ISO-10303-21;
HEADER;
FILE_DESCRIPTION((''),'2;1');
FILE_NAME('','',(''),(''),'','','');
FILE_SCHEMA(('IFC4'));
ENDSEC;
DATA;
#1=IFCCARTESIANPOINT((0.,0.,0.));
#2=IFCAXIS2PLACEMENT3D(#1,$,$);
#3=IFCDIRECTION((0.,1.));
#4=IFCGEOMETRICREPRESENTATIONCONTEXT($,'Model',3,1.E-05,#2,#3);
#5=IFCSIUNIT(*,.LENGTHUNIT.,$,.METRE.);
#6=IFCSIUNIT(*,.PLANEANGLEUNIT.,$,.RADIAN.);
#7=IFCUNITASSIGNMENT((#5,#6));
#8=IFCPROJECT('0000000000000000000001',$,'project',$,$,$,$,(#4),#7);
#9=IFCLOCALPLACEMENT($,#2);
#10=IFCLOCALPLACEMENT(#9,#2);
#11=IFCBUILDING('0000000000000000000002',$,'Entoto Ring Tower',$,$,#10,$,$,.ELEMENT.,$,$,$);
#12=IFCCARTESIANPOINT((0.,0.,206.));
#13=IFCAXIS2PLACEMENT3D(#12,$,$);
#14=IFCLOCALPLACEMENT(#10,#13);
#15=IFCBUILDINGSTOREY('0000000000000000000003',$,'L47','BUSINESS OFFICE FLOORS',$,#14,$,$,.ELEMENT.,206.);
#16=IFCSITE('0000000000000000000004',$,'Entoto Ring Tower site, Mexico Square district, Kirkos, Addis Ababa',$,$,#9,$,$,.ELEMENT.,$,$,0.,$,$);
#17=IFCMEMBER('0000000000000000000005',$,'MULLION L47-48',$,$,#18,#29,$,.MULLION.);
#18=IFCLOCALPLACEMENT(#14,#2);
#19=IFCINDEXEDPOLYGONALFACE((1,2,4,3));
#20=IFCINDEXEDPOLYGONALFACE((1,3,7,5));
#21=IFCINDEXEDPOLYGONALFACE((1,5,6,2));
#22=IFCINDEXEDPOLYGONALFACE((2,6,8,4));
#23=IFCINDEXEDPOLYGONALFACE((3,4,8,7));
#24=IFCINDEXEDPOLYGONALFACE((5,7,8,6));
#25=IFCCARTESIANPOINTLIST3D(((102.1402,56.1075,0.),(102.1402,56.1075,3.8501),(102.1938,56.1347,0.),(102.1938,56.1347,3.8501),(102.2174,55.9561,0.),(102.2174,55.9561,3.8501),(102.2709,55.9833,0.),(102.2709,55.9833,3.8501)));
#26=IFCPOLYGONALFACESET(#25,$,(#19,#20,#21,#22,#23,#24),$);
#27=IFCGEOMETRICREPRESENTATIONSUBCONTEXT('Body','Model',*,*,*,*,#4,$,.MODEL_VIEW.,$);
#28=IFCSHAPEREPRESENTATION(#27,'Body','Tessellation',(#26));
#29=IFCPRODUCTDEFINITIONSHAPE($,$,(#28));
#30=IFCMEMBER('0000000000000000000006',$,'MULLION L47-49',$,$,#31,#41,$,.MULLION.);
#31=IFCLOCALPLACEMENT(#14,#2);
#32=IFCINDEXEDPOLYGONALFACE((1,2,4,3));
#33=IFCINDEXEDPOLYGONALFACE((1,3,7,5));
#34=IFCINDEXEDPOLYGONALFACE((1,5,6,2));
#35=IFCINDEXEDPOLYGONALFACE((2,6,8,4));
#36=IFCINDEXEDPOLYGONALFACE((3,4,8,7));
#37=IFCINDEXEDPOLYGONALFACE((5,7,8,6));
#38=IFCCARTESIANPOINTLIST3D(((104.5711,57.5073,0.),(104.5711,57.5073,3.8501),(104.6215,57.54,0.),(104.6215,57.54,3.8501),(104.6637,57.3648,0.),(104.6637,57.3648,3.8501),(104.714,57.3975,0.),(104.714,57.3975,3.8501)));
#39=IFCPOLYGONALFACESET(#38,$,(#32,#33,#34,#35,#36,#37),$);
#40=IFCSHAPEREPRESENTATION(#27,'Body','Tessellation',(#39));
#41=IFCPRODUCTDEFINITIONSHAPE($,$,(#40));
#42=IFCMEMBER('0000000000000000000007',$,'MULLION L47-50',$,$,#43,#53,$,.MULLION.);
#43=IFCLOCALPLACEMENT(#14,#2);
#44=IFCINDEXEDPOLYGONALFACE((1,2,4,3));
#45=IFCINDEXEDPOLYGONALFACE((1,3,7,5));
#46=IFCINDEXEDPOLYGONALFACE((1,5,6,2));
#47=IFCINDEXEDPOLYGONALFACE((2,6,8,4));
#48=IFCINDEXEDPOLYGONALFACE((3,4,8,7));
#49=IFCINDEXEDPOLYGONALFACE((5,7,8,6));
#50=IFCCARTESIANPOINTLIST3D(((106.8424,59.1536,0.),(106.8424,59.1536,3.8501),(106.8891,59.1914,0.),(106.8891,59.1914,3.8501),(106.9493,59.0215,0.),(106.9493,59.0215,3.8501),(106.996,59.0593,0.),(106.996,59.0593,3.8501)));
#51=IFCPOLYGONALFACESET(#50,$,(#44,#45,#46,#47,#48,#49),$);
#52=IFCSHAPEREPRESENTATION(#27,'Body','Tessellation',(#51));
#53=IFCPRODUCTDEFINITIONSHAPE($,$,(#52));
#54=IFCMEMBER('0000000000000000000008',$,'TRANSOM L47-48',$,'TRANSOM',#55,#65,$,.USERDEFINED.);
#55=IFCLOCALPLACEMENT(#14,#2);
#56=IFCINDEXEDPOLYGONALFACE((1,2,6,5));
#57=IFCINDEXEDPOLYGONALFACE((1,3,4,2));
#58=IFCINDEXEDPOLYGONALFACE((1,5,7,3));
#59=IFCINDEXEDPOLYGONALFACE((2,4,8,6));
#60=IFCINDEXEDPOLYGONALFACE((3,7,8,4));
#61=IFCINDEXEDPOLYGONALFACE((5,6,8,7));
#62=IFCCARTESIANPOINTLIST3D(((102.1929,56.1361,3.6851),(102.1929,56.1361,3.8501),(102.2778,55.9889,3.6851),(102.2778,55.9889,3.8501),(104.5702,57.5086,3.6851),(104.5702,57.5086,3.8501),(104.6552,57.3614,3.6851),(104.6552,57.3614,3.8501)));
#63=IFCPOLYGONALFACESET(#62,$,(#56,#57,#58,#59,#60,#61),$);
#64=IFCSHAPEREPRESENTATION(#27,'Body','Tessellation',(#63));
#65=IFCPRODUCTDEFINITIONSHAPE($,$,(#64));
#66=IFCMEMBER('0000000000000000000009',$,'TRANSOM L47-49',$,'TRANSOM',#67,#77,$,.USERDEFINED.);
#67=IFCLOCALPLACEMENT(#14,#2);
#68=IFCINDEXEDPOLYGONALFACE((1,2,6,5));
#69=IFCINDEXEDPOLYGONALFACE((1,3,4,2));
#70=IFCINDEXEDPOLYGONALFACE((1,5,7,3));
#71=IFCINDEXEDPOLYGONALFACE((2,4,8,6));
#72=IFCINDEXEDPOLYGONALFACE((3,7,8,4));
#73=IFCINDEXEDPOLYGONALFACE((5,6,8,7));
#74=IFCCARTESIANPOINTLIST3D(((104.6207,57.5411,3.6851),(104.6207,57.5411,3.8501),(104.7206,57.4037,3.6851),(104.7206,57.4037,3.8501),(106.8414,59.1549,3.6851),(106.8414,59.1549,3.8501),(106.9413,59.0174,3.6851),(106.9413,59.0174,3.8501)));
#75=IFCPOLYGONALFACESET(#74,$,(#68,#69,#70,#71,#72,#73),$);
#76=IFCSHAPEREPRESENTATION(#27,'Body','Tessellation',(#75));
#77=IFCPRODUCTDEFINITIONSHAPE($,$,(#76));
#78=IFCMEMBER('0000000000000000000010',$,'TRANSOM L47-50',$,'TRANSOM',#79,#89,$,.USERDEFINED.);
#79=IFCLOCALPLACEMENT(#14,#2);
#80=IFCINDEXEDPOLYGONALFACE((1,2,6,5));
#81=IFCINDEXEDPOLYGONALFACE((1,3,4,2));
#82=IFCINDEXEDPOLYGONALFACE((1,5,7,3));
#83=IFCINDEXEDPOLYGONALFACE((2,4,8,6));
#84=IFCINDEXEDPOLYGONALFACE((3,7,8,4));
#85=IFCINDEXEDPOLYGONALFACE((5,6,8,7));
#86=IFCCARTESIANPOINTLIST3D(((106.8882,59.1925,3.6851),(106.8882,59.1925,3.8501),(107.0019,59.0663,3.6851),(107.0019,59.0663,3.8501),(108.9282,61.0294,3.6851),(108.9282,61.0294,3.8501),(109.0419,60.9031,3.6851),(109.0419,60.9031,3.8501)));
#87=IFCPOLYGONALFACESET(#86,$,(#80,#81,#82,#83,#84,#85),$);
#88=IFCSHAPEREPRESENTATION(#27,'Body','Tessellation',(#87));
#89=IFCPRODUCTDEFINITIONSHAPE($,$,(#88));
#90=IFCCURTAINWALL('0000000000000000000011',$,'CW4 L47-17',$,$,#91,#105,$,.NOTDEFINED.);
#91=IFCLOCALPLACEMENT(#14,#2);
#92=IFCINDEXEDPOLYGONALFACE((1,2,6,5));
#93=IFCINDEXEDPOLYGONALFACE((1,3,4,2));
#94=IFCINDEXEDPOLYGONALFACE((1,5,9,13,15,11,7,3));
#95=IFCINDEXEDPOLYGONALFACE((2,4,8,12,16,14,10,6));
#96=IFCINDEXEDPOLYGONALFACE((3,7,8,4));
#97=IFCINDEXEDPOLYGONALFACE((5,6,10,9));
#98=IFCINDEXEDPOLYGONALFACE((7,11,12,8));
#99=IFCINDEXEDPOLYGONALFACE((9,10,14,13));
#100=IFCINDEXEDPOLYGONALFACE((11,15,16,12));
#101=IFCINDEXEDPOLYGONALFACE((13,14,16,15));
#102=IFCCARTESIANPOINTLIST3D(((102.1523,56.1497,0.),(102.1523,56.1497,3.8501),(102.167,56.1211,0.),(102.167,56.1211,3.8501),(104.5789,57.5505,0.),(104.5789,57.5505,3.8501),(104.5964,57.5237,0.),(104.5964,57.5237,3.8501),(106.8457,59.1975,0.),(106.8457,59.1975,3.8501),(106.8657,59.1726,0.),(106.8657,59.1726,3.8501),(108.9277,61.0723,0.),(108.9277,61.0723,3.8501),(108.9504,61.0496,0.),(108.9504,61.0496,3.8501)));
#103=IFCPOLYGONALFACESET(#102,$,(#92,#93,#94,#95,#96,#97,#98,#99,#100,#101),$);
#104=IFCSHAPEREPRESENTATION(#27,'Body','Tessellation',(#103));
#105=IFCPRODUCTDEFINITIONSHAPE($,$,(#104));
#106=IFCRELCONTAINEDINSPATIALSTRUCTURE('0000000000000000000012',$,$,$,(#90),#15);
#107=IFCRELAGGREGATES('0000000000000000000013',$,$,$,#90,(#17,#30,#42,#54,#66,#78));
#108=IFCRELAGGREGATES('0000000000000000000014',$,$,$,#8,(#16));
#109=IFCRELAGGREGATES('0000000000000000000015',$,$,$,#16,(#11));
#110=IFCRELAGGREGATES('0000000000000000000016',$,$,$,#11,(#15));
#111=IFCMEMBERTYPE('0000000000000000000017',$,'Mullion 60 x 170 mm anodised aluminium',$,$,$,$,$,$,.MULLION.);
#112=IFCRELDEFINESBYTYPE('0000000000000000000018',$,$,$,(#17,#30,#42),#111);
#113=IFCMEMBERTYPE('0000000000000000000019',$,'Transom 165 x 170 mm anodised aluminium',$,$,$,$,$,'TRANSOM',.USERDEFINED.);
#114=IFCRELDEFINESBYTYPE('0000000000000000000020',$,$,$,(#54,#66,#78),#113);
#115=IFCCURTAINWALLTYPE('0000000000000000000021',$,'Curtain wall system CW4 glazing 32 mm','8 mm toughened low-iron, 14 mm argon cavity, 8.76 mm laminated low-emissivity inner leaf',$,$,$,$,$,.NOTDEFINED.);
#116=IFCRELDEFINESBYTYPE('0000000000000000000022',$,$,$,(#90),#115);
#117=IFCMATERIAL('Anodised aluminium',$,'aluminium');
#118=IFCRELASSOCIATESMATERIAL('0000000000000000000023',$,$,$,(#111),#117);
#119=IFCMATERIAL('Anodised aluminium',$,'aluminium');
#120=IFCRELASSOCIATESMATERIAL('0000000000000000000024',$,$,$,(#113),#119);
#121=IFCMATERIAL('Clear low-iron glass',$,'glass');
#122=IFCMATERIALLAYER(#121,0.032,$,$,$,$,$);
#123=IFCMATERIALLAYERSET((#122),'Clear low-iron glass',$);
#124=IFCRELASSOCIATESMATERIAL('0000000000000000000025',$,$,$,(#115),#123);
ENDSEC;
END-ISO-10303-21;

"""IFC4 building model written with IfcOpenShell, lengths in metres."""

from ifc_helpers import new_model, si_unit, direction, frame, origin, origin_2d, place, context, subcontext, project, spatial, polyline, rectangle, outline, extrude, material, layer, layer_set, material_profile, profile_set, type_object, element, aggregate, save


model = new_model("IFC4")

# Units and contexts
model_context = context("Model", 3, precision=1e-05, world=origin(), true_north=direction((0.0, 1.0)))
body_context = subcontext(model_context, "Body", "Model", "MODEL_VIEW")
ifc_project = project(units=[si_unit("LENGTHUNIT", "METRE"), si_unit("PLANEANGLEUNIT", "RADIAN")], contexts=[model_context])

# Members
ifc_material_1 = material(Name="Anodised aluminium", Category="aluminium")
ifc_material_profile_1 = material_profile(ifc_material_1, rectangle(XDim=0.0601, YDim=0.1699, at=origin_2d()), Name="Mullion 60 x 170 mm anodised aluminium")
ifc_profile_set_1 = profile_set([ifc_material_profile_1], Name="Anodised aluminium")
member_type_1 = type_object("IfcMemberType", Name="Mullion 60 x 170 mm anodised aluminium", PredefinedType="MULLION", material=ifc_profile_set_1)
site_placement = place(None, origin())
building_placement = place(site_placement, origin())
storey_placement = place(building_placement, frame((0.0, 0.0, 206.0)))
member_1_placement = place(storey_placement, frame((102.2056, 56.0454, 0.0), z_axis=(0.0, 0.0, 1.0), x_axis=(0.891007, 0.45399, 0.0)))
member_1 = element("IfcMember", 1, at=member_1_placement, type_object=member_type_1, Name="MULLION L47-48", PredefinedType="MULLION", context=body_context, shape_type="SweptSolid", body=[
    extrude(rectangle(XDim=0.0601, YDim=0.1699, at=origin_2d()), origin(), (0.0, 0.0, 1.0), 3.8501),
])
member_2_placement = place(storey_placement, frame((104.6426, 57.4524, 0.0), z_axis=(0.0, 0.0, 1.0), x_axis=(0.838671, 0.544639, 0.0)))
member_2 = element("IfcMember", 2, at=member_2_placement, type_object=member_type_1, Name="MULLION L47-49", PredefinedType="MULLION", context=body_context, shape_type="SweptSolid", body=[
    extrude(rectangle(XDim=0.0601, YDim=0.1699, at=origin_2d()), origin(), (0.0, 0.0, 1.0), 3.8501),
])
member_3_placement = place(storey_placement, frame((106.9192, 59.1064, 0.0), z_axis=(0.0, 0.0, 1.0), x_axis=(0.777146, 0.62932, 0.0)))
member_3 = element("IfcMember", 3, at=member_3_placement, type_object=member_type_1, Name="MULLION L47-50", PredefinedType="MULLION", context=body_context, shape_type="SweptSolid", body=[
    extrude(rectangle(XDim=0.0601, YDim=0.1699, at=origin_2d()), origin(), (0.0, 0.0, 1.0), 3.8501),
])
ifc_material_2 = material(Name="Anodised aluminium", Category="aluminium")
ifc_material_profile_2 = material_profile(ifc_material_2, rectangle(XDim=0.1699, YDim=0.165, at=origin_2d()), Name="Transom 165 x 170 mm anodised aluminium")
ifc_profile_set_2 = profile_set([ifc_material_profile_2], Name="Anodised aluminium")
member_type_2 = type_object("IfcMemberType", Name="Transom 165 x 170 mm anodised aluminium", ElementType="TRANSOM", PredefinedType="USERDEFINED", material=ifc_profile_set_2)
member_4_placement = place(storey_placement, frame((102.2354, 56.0625, 3.7676), z_axis=(0.866035, 0.499984, 0.0), x_axis=(-0.499984, 0.866035, 0.0)))
member_4 = element("IfcMember", 4, at=member_4_placement, type_object=member_type_2, Name="TRANSOM L47-48", ObjectType="TRANSOM", PredefinedType="USERDEFINED", context=body_context, shape_type="SweptSolid", body=[
    extrude(rectangle(XDim=0.1699, YDim=0.165, at=origin_2d()), origin(), (0.0, 0.0, 1.0), 2.7451),
])
member_5_placement = place(storey_placement, frame((104.6707, 57.4724, 3.7676), z_axis=(0.808959, 0.587865, 0.0), x_axis=(-0.587865, 0.808959, 0.0)))
member_5 = element("IfcMember", 5, at=member_5_placement, type_object=member_type_2, Name="TRANSOM L47-49", ObjectType="TRANSOM", PredefinedType="USERDEFINED", context=body_context, shape_type="SweptSolid", body=[
    extrude(rectangle(XDim=0.1699, YDim=0.165, at=origin_2d()), origin(), (0.0, 0.0, 1.0), 2.7451),
])
member_6_placement = place(storey_placement, frame((106.9451, 59.1294, 3.7676), z_axis=(0.743135, 0.669142, 0.0), x_axis=(-0.669142, 0.743135, 0.0)))
member_6 = element("IfcMember", 6, at=member_6_placement, type_object=member_type_2, Name="TRANSOM L47-50", ObjectType="TRANSOM", PredefinedType="USERDEFINED", context=body_context, shape_type="SweptSolid", body=[
    extrude(rectangle(XDim=0.1699, YDim=0.165, at=origin_2d()), origin(), (0.0, 0.0, 1.0), 2.7451),
])

# Site, building, storey
site = spatial("IfcSite", under=ifc_project, at=site_placement, Name="Entoto Ring Tower site, Mexico Square district, Kirkos, Addis Ababa", CompositionType="ELEMENT", RefElevation=0.0)
building = spatial("IfcBuilding", under=site, at=building_placement, Name="Entoto Ring Tower", CompositionType="ELEMENT")
storey = spatial("IfcBuildingStorey", under=building, at=storey_placement, Name="L47", Description="BUSINESS OFFICE FLOORS", CompositionType="ELEMENT", Elevation=206.0)

# Curtain wall
ifc_material_3 = material(Name="Clear low-iron glass", Category="glass")
ifc_layer = layer(ifc_material_3, 0.032)
ifc_layer_set = layer_set([ifc_layer], Name="Clear low-iron glass")
curtain_wall_type = type_object("IfcCurtainWallType", Name="Curtain wall system CW4 glazing 32 mm", Description="8 mm toughened low-iron, 14 mm argon cavity, 8.76 mm laminated low-emissivity inner leaf", PredefinedType="NOTDEFINED", material=ifc_layer_set)
curtain_wall_1_placement = place(storey_placement, origin())
curtain_wall_1 = element("IfcCurtainWall", 7, at=curtain_wall_1_placement, inside=storey, type_object=curtain_wall_type, Name="CW4 L47-17", PredefinedType="NOTDEFINED", context=body_context, shape_type="SweptSolid", body=[
    extrude(outline(polyline([(102.167, 56.1211), (104.5964, 57.5237), (106.8657, 59.1726), (108.9504, 61.0496), (108.9277, 61.0723), (106.8457, 59.1975), (104.5789, 57.5505), (102.1523, 56.1497), (102.167, 56.1211)])), origin(), (0.0, 0.0, 1.0), 3.8501),
])
aggregate(curtain_wall_1, [member_1, member_2, member_3, member_4, member_5, member_6])

save(model, "model.ifc")
